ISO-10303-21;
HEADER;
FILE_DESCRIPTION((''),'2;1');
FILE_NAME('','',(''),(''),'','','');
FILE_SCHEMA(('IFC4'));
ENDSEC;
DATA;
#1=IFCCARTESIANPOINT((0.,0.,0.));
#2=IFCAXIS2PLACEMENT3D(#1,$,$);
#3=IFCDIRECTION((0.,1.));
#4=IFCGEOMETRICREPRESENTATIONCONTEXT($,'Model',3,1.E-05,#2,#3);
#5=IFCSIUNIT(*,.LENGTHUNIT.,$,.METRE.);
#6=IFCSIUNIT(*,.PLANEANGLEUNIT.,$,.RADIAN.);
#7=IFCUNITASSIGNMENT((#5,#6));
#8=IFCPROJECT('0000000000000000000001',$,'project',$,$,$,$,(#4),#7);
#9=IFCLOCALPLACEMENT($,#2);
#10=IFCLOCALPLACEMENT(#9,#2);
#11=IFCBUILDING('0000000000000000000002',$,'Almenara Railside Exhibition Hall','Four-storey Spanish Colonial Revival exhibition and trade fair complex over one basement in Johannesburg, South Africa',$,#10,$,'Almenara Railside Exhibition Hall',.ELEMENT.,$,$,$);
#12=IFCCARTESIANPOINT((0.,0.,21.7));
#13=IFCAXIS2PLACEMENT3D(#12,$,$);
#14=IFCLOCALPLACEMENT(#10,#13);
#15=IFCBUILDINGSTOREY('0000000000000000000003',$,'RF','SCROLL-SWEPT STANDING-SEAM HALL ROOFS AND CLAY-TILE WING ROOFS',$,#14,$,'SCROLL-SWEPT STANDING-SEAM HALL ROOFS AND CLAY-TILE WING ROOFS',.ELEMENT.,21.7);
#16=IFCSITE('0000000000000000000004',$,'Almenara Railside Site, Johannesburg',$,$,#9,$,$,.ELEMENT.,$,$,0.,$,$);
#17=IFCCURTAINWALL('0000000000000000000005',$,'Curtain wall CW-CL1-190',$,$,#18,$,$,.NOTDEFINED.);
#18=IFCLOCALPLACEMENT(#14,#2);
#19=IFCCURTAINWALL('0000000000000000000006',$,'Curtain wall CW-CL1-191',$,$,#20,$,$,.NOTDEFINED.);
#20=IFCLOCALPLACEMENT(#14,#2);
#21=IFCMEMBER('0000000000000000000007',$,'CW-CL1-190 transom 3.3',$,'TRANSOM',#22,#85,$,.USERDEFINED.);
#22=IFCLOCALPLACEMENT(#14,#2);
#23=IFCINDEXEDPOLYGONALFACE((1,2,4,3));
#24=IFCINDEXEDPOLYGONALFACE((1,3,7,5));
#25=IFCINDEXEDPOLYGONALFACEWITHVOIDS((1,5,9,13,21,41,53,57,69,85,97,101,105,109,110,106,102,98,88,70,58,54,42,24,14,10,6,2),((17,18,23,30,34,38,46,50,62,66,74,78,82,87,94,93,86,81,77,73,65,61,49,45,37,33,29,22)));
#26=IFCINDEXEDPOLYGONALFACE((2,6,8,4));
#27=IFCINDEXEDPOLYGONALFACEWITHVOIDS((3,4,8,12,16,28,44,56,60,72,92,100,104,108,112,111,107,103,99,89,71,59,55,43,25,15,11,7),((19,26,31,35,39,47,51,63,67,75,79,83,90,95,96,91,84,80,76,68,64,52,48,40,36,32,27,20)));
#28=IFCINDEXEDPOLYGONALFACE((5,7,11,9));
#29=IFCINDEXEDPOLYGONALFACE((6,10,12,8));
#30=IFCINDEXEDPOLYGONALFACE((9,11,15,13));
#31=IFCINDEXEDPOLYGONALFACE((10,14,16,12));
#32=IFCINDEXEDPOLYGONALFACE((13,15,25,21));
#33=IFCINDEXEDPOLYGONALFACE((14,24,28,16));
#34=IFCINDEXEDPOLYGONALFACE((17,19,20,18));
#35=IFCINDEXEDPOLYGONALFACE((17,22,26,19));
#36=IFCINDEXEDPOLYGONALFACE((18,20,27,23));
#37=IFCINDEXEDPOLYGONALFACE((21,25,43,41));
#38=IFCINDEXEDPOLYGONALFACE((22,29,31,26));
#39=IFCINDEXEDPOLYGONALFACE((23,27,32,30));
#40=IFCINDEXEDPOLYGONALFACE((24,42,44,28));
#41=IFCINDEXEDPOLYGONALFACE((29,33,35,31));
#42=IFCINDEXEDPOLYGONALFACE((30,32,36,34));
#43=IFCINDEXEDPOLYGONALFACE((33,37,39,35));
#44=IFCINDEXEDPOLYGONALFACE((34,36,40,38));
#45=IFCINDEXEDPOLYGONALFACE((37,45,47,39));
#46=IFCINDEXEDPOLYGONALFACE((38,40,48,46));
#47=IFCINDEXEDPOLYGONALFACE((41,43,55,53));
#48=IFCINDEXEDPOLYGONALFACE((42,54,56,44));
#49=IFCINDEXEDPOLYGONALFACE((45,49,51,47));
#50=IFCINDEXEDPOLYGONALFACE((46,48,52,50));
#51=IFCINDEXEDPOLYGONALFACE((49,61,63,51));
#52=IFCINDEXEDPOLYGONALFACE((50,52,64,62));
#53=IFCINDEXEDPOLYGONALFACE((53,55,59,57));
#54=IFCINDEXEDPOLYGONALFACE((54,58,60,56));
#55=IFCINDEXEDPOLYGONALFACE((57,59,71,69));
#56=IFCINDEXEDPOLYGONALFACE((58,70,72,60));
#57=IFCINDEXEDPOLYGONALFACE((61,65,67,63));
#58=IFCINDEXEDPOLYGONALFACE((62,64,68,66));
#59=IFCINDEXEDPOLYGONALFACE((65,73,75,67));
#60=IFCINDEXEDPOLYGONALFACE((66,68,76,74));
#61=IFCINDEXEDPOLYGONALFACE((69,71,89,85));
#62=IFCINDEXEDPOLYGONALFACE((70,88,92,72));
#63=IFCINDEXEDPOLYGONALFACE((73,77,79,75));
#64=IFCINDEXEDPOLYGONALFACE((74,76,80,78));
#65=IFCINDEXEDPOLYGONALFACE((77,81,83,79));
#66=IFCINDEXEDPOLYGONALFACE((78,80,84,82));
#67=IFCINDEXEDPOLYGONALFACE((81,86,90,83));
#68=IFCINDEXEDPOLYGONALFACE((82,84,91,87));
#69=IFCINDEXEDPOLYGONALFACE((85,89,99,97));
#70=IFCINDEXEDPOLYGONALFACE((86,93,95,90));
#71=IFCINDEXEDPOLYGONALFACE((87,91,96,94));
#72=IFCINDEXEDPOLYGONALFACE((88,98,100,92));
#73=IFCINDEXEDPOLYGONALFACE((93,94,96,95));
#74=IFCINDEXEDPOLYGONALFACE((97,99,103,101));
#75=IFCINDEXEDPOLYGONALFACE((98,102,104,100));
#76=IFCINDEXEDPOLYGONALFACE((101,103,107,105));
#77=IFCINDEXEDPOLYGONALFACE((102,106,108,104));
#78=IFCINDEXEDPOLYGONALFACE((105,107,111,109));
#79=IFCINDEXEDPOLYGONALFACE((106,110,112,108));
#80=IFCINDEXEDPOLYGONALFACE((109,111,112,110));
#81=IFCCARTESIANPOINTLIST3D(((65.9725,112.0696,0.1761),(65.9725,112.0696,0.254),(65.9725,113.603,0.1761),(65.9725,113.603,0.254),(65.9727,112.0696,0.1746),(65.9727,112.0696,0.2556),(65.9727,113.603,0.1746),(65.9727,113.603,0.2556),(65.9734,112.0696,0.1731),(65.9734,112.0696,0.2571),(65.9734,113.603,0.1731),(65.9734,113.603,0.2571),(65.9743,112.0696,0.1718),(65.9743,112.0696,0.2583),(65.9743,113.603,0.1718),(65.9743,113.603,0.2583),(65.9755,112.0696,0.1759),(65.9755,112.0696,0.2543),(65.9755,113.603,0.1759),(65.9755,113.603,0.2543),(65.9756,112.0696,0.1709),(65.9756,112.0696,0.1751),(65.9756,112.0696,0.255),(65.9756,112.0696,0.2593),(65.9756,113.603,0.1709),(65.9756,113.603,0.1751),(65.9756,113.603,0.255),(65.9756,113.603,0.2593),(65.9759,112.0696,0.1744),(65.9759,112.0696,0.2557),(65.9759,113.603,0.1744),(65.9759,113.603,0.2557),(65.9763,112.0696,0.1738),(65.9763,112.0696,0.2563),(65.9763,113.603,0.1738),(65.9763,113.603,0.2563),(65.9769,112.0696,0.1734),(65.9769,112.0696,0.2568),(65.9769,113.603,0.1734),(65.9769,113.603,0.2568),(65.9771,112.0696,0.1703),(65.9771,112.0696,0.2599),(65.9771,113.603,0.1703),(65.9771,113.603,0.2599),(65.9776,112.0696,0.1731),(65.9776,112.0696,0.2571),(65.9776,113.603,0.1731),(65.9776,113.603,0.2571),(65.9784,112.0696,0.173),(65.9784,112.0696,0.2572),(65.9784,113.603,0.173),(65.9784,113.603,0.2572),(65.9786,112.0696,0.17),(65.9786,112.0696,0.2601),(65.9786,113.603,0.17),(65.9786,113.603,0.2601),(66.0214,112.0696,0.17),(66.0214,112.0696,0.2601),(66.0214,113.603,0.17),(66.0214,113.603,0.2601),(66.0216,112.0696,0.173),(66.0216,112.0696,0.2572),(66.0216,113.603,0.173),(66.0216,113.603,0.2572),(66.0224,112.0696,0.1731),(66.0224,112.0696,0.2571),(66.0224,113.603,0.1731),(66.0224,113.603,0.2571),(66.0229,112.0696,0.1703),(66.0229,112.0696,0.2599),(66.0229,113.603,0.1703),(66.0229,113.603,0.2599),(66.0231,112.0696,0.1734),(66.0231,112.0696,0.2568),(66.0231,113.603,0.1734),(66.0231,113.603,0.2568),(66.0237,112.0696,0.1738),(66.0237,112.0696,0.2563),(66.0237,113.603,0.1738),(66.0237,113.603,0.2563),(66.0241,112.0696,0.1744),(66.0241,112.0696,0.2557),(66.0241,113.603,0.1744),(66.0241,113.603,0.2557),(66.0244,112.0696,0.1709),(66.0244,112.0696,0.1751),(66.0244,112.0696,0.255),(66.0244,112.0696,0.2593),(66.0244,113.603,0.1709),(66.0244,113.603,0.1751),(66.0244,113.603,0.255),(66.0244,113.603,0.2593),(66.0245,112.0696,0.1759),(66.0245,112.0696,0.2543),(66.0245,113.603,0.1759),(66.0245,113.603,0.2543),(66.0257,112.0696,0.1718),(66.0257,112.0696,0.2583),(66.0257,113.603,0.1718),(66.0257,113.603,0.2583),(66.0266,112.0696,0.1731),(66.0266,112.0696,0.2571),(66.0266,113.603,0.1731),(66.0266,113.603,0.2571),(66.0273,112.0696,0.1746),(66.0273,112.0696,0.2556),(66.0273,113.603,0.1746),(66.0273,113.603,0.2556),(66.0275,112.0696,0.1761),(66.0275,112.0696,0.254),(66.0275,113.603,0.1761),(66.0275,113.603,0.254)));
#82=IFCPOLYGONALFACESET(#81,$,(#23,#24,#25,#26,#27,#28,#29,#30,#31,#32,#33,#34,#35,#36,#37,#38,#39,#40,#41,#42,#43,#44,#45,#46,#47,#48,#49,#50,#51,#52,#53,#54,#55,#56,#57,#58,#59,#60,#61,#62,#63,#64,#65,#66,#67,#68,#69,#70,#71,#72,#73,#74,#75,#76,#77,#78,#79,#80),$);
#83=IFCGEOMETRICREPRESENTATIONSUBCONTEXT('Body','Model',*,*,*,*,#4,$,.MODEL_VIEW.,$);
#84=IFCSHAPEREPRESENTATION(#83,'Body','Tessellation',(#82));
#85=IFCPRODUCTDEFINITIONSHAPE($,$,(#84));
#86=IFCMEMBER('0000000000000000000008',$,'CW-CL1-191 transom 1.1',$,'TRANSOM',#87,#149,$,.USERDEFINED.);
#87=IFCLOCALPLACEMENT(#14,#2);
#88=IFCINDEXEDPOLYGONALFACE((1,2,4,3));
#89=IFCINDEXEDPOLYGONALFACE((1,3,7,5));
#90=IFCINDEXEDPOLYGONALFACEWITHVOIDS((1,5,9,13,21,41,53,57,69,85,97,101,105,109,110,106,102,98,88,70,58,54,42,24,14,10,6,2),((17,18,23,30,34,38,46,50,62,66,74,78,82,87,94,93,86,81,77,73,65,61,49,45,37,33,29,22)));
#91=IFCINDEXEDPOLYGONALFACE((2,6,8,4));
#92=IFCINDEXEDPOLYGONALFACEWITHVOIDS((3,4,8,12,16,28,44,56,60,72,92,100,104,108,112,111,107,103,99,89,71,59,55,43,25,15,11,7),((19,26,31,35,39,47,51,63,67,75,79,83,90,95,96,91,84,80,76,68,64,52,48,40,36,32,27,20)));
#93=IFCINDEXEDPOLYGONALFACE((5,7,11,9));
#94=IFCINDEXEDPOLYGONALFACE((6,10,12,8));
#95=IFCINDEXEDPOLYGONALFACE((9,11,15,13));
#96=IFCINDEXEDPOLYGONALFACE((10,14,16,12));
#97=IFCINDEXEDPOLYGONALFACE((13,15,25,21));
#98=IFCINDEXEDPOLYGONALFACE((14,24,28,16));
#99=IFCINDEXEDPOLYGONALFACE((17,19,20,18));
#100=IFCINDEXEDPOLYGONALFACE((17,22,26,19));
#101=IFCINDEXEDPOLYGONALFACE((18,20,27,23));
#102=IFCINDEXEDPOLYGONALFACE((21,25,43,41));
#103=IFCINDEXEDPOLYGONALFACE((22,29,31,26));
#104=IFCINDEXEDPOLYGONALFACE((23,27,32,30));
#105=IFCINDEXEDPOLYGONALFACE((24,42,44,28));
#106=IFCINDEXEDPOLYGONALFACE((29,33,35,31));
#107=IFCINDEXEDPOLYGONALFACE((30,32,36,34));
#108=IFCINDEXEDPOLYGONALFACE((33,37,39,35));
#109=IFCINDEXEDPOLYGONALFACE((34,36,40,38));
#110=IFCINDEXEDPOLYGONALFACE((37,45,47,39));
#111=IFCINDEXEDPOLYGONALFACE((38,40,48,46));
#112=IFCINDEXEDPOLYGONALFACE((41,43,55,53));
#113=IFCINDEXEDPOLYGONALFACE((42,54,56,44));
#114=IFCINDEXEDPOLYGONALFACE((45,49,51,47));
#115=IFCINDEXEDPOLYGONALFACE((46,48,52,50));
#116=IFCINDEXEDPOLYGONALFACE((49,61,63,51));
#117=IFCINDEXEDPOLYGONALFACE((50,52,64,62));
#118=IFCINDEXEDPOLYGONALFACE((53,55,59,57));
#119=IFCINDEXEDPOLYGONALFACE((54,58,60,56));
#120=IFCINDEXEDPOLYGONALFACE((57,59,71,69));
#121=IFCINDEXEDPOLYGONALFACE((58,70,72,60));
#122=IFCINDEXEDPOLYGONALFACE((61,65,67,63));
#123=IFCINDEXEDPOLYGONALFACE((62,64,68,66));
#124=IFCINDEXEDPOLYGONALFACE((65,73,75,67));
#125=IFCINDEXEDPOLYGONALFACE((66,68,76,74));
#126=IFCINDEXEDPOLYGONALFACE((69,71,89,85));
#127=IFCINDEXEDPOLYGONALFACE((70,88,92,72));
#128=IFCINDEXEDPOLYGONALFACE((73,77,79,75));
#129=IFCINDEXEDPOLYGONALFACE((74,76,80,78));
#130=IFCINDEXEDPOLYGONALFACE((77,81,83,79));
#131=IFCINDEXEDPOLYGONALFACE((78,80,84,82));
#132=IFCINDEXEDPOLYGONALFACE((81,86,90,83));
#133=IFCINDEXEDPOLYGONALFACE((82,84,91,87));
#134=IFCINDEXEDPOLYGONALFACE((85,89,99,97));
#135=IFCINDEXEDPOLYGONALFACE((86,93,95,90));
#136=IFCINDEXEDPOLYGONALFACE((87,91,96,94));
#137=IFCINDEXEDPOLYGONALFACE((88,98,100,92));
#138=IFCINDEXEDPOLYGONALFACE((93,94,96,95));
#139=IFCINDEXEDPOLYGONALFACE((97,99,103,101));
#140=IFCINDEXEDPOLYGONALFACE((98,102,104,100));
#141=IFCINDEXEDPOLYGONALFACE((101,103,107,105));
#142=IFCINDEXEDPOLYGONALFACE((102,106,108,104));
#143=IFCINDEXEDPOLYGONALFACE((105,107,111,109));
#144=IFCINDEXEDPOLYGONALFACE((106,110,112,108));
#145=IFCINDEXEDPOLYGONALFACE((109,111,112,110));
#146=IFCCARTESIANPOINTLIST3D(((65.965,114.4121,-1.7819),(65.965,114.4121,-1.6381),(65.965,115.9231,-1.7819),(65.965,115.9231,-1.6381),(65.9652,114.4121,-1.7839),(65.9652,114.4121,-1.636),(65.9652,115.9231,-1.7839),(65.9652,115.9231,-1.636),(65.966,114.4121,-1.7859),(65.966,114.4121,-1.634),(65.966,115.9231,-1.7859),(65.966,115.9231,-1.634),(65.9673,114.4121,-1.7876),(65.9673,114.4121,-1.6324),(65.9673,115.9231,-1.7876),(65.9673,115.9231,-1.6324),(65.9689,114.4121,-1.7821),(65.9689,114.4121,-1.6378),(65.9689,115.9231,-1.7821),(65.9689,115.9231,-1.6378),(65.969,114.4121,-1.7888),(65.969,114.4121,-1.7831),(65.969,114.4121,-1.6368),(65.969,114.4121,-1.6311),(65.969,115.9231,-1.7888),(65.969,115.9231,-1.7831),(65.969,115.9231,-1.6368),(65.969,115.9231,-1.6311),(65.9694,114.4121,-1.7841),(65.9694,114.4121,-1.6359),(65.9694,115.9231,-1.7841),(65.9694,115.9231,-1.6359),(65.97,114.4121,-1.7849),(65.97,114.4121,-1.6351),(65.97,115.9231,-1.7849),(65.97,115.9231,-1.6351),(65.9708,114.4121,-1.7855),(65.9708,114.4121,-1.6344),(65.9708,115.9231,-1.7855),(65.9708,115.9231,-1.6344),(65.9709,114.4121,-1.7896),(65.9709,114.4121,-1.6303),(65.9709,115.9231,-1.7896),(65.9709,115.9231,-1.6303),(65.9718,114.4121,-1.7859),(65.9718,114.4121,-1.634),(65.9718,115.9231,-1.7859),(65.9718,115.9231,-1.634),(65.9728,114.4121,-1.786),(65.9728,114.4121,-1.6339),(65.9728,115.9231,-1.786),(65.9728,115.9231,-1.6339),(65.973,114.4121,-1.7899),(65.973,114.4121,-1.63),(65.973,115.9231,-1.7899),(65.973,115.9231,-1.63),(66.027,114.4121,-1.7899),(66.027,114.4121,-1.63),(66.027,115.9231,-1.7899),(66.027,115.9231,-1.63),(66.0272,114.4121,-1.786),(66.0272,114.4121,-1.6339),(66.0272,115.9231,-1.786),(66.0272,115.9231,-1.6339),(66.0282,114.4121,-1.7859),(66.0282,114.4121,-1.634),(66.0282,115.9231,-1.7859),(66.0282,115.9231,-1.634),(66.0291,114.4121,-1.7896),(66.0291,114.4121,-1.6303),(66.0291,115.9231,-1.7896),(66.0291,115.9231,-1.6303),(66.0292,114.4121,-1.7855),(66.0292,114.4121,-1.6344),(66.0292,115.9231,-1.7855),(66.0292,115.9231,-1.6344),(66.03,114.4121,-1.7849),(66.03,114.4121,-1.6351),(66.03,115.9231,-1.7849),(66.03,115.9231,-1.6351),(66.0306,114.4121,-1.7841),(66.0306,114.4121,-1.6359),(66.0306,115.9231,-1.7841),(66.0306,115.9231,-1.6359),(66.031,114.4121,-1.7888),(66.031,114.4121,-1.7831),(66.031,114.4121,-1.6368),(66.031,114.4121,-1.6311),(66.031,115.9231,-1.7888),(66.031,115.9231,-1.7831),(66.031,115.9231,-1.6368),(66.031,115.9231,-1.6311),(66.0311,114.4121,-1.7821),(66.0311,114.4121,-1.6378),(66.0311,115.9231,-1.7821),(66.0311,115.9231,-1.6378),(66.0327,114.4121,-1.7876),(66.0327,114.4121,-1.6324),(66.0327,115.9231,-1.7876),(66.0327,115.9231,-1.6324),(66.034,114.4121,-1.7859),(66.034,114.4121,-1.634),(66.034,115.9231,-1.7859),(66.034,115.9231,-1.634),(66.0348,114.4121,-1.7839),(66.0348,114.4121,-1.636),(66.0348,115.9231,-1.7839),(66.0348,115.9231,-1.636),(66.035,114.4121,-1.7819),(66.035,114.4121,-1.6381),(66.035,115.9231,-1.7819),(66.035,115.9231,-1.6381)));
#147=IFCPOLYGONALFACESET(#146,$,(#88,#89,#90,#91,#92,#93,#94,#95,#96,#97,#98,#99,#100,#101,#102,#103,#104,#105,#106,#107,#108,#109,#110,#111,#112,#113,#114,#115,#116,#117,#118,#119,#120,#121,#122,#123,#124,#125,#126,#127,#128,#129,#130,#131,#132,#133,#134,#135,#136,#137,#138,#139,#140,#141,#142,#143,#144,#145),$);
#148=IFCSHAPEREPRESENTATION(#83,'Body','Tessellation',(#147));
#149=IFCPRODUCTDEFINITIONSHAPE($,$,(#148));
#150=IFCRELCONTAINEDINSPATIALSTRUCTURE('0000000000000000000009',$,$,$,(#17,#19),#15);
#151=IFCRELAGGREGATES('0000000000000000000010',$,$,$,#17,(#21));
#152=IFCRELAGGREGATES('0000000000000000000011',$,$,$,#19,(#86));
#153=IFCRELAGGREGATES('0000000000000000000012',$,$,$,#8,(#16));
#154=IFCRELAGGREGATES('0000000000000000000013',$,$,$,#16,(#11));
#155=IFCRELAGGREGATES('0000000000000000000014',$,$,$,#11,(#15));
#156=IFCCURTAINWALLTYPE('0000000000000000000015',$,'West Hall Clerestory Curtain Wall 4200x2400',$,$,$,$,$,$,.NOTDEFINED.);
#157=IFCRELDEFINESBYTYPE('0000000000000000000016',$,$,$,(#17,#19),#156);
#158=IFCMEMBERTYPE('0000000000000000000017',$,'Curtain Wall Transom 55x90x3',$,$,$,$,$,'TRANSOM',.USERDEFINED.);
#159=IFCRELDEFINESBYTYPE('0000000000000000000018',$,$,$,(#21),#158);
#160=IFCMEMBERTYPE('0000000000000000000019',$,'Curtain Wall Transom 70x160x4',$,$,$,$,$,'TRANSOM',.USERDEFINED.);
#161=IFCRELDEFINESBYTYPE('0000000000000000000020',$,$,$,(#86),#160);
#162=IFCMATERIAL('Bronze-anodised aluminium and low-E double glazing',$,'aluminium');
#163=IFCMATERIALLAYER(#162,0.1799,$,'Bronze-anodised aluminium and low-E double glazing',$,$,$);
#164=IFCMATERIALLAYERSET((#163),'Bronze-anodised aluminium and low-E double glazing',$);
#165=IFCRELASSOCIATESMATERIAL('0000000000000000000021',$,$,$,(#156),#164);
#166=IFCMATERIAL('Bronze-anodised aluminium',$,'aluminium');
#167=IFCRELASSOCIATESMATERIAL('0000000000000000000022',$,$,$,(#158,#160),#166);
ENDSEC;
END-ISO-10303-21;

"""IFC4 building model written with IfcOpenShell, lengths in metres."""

from ifc_helpers import new_model, si_unit, direction, frame, origin, origin_2d, place, context, subcontext, project, spatial, hollow_rectangle, extrude, material, layer, layer_set, material_profile, profile_set, type_object, element, aggregate, save


model = new_model("IFC4")

# Units and contexts
model_context = context("Model", 3, precision=1e-05, world=origin(), true_north=direction((0.0, 1.0)))
body_context = subcontext(model_context, "Body", "Model", "MODEL_VIEW")
ifc_project = project(units=[si_unit("LENGTHUNIT", "METRE"), si_unit("PLANEANGLEUNIT", "RADIAN")], contexts=[model_context])

# Site, building, storey
site_placement = place(None, origin())
site = spatial("IfcSite", under=ifc_project, at=site_placement, Name="Almenara Railside Site, Johannesburg", CompositionType="ELEMENT", RefElevation=0.0)
building_placement = place(site_placement, origin())
building = spatial("IfcBuilding", under=site, at=building_placement, Name="Almenara Railside Exhibition Hall", Description="Four-storey Spanish Colonial Revival exhibition and trade fair complex over one basement in Johannesburg, South Africa", LongName="Almenara Railside Exhibition Hall", CompositionType="ELEMENT")
storey_placement = place(building_placement, frame((0.0, 0.0, 21.7)))
storey = spatial("IfcBuildingStorey", under=building, at=storey_placement, Name="RF", Description="SCROLL-SWEPT STANDING-SEAM HALL ROOFS AND CLAY-TILE WING ROOFS", LongName="SCROLL-SWEPT STANDING-SEAM HALL ROOFS AND CLAY-TILE WING ROOFS", CompositionType="ELEMENT", Elevation=21.7)

# Curtain walls
ifc_material_1 = material(Name="Bronze-anodised aluminium and low-E double glazing", Category="aluminium")
ifc_layer_1 = layer(ifc_material_1, 0.1799, Name="Bronze-anodised aluminium and low-E double glazing")
ifc_layer_set_1 = layer_set([ifc_layer_1], Name="Bronze-anodised aluminium and low-E double glazing")
curtain_wall_type = type_object("IfcCurtainWallType", Name="West Hall Clerestory Curtain Wall 4200x2400", PredefinedType="NOTDEFINED", material=ifc_layer_set_1)
curtain_wall_1_placement = place(storey_placement, origin())
curtain_wall_1 = element("IfcCurtainWall", 1, at=curtain_wall_1_placement, inside=storey, type_object=curtain_wall_type, Name="Curtain wall CW-CL1-190", PredefinedType="NOTDEFINED")
ifc_material_2 = material(Name="Bronze-anodised aluminium", Category="aluminium")
curtain_wall_2_placement = place(storey_placement, origin())
curtain_wall_2 = element("IfcCurtainWall", 2, at=curtain_wall_2_placement, inside=storey, type_object=curtain_wall_type, Name="Curtain wall CW-CL1-191", PredefinedType="NOTDEFINED")

# Members
ifc_material_profile_1 = material_profile(ifc_material_2, hollow_rectangle(XDim=0.0549, YDim=0.0901, WallThickness=0.0029, InnerFilletRadius=0.0029, OuterFilletRadius=0.0061, at=origin_2d()), Name="ALU-TRN 55x90x3")
ifc_profile_set_1 = profile_set([ifc_material_profile_1], Name="Bronze-anodised aluminium")
member_type_1 = type_object("IfcMemberType", Name="Curtain Wall Transom 55x90x3", ElementType="TRANSOM", PredefinedType="USERDEFINED", material=ifc_profile_set_1)
member_1_placement = place(storey_placement, frame((66.0, 112.0696, 0.2151), z_axis=(0.0, 1.0, 0.0), x_axis=(-1.0, 0.0, 0.0)))
member_1 = element("IfcMember", 3, at=member_1_placement, type_object=member_type_1, Name="CW-CL1-190 transom 3.3", ObjectType="TRANSOM", PredefinedType="USERDEFINED", context=body_context, shape_type="SweptSolid", body=[
    extrude(hollow_rectangle(XDim=0.0549, YDim=0.0901, WallThickness=0.0029, InnerFilletRadius=0.0029, OuterFilletRadius=0.0061, at=origin_2d()), origin(), (0.0, 0.0, 1.0), 1.5334),
])
ifc_material_profile_2 = material_profile(ifc_material_2, hollow_rectangle(XDim=0.0701, YDim=0.1599, WallThickness=0.0039, InnerFilletRadius=0.0039, OuterFilletRadius=0.0081, at=origin_2d()), Name="ALU-TRN 70x160x4")
ifc_profile_set_2 = profile_set([ifc_material_profile_2], Name="Bronze-anodised aluminium")
member_type_2 = type_object("IfcMemberType", Name="Curtain Wall Transom 70x160x4", ElementType="TRANSOM", PredefinedType="USERDEFINED", material=ifc_profile_set_2)
member_2_placement = place(storey_placement, frame((66.0, 114.4121, -1.71), z_axis=(0.0, 1.0, 0.0), x_axis=(-1.0, 0.0, 0.0)))
member_2 = element("IfcMember", 4, at=member_2_placement, type_object=member_type_2, Name="CW-CL1-191 transom 1.1", ObjectType="TRANSOM", PredefinedType="USERDEFINED", context=body_context, shape_type="SweptSolid", body=[
    extrude(hollow_rectangle(XDim=0.0701, YDim=0.1599, WallThickness=0.0039, InnerFilletRadius=0.0039, OuterFilletRadius=0.0081, at=origin_2d()), origin(), (0.0, 0.0, 1.0), 1.511),
])

aggregate(curtain_wall_1, [member_1])
aggregate(curtain_wall_2, [member_2])

save(model, "model.ifc")
